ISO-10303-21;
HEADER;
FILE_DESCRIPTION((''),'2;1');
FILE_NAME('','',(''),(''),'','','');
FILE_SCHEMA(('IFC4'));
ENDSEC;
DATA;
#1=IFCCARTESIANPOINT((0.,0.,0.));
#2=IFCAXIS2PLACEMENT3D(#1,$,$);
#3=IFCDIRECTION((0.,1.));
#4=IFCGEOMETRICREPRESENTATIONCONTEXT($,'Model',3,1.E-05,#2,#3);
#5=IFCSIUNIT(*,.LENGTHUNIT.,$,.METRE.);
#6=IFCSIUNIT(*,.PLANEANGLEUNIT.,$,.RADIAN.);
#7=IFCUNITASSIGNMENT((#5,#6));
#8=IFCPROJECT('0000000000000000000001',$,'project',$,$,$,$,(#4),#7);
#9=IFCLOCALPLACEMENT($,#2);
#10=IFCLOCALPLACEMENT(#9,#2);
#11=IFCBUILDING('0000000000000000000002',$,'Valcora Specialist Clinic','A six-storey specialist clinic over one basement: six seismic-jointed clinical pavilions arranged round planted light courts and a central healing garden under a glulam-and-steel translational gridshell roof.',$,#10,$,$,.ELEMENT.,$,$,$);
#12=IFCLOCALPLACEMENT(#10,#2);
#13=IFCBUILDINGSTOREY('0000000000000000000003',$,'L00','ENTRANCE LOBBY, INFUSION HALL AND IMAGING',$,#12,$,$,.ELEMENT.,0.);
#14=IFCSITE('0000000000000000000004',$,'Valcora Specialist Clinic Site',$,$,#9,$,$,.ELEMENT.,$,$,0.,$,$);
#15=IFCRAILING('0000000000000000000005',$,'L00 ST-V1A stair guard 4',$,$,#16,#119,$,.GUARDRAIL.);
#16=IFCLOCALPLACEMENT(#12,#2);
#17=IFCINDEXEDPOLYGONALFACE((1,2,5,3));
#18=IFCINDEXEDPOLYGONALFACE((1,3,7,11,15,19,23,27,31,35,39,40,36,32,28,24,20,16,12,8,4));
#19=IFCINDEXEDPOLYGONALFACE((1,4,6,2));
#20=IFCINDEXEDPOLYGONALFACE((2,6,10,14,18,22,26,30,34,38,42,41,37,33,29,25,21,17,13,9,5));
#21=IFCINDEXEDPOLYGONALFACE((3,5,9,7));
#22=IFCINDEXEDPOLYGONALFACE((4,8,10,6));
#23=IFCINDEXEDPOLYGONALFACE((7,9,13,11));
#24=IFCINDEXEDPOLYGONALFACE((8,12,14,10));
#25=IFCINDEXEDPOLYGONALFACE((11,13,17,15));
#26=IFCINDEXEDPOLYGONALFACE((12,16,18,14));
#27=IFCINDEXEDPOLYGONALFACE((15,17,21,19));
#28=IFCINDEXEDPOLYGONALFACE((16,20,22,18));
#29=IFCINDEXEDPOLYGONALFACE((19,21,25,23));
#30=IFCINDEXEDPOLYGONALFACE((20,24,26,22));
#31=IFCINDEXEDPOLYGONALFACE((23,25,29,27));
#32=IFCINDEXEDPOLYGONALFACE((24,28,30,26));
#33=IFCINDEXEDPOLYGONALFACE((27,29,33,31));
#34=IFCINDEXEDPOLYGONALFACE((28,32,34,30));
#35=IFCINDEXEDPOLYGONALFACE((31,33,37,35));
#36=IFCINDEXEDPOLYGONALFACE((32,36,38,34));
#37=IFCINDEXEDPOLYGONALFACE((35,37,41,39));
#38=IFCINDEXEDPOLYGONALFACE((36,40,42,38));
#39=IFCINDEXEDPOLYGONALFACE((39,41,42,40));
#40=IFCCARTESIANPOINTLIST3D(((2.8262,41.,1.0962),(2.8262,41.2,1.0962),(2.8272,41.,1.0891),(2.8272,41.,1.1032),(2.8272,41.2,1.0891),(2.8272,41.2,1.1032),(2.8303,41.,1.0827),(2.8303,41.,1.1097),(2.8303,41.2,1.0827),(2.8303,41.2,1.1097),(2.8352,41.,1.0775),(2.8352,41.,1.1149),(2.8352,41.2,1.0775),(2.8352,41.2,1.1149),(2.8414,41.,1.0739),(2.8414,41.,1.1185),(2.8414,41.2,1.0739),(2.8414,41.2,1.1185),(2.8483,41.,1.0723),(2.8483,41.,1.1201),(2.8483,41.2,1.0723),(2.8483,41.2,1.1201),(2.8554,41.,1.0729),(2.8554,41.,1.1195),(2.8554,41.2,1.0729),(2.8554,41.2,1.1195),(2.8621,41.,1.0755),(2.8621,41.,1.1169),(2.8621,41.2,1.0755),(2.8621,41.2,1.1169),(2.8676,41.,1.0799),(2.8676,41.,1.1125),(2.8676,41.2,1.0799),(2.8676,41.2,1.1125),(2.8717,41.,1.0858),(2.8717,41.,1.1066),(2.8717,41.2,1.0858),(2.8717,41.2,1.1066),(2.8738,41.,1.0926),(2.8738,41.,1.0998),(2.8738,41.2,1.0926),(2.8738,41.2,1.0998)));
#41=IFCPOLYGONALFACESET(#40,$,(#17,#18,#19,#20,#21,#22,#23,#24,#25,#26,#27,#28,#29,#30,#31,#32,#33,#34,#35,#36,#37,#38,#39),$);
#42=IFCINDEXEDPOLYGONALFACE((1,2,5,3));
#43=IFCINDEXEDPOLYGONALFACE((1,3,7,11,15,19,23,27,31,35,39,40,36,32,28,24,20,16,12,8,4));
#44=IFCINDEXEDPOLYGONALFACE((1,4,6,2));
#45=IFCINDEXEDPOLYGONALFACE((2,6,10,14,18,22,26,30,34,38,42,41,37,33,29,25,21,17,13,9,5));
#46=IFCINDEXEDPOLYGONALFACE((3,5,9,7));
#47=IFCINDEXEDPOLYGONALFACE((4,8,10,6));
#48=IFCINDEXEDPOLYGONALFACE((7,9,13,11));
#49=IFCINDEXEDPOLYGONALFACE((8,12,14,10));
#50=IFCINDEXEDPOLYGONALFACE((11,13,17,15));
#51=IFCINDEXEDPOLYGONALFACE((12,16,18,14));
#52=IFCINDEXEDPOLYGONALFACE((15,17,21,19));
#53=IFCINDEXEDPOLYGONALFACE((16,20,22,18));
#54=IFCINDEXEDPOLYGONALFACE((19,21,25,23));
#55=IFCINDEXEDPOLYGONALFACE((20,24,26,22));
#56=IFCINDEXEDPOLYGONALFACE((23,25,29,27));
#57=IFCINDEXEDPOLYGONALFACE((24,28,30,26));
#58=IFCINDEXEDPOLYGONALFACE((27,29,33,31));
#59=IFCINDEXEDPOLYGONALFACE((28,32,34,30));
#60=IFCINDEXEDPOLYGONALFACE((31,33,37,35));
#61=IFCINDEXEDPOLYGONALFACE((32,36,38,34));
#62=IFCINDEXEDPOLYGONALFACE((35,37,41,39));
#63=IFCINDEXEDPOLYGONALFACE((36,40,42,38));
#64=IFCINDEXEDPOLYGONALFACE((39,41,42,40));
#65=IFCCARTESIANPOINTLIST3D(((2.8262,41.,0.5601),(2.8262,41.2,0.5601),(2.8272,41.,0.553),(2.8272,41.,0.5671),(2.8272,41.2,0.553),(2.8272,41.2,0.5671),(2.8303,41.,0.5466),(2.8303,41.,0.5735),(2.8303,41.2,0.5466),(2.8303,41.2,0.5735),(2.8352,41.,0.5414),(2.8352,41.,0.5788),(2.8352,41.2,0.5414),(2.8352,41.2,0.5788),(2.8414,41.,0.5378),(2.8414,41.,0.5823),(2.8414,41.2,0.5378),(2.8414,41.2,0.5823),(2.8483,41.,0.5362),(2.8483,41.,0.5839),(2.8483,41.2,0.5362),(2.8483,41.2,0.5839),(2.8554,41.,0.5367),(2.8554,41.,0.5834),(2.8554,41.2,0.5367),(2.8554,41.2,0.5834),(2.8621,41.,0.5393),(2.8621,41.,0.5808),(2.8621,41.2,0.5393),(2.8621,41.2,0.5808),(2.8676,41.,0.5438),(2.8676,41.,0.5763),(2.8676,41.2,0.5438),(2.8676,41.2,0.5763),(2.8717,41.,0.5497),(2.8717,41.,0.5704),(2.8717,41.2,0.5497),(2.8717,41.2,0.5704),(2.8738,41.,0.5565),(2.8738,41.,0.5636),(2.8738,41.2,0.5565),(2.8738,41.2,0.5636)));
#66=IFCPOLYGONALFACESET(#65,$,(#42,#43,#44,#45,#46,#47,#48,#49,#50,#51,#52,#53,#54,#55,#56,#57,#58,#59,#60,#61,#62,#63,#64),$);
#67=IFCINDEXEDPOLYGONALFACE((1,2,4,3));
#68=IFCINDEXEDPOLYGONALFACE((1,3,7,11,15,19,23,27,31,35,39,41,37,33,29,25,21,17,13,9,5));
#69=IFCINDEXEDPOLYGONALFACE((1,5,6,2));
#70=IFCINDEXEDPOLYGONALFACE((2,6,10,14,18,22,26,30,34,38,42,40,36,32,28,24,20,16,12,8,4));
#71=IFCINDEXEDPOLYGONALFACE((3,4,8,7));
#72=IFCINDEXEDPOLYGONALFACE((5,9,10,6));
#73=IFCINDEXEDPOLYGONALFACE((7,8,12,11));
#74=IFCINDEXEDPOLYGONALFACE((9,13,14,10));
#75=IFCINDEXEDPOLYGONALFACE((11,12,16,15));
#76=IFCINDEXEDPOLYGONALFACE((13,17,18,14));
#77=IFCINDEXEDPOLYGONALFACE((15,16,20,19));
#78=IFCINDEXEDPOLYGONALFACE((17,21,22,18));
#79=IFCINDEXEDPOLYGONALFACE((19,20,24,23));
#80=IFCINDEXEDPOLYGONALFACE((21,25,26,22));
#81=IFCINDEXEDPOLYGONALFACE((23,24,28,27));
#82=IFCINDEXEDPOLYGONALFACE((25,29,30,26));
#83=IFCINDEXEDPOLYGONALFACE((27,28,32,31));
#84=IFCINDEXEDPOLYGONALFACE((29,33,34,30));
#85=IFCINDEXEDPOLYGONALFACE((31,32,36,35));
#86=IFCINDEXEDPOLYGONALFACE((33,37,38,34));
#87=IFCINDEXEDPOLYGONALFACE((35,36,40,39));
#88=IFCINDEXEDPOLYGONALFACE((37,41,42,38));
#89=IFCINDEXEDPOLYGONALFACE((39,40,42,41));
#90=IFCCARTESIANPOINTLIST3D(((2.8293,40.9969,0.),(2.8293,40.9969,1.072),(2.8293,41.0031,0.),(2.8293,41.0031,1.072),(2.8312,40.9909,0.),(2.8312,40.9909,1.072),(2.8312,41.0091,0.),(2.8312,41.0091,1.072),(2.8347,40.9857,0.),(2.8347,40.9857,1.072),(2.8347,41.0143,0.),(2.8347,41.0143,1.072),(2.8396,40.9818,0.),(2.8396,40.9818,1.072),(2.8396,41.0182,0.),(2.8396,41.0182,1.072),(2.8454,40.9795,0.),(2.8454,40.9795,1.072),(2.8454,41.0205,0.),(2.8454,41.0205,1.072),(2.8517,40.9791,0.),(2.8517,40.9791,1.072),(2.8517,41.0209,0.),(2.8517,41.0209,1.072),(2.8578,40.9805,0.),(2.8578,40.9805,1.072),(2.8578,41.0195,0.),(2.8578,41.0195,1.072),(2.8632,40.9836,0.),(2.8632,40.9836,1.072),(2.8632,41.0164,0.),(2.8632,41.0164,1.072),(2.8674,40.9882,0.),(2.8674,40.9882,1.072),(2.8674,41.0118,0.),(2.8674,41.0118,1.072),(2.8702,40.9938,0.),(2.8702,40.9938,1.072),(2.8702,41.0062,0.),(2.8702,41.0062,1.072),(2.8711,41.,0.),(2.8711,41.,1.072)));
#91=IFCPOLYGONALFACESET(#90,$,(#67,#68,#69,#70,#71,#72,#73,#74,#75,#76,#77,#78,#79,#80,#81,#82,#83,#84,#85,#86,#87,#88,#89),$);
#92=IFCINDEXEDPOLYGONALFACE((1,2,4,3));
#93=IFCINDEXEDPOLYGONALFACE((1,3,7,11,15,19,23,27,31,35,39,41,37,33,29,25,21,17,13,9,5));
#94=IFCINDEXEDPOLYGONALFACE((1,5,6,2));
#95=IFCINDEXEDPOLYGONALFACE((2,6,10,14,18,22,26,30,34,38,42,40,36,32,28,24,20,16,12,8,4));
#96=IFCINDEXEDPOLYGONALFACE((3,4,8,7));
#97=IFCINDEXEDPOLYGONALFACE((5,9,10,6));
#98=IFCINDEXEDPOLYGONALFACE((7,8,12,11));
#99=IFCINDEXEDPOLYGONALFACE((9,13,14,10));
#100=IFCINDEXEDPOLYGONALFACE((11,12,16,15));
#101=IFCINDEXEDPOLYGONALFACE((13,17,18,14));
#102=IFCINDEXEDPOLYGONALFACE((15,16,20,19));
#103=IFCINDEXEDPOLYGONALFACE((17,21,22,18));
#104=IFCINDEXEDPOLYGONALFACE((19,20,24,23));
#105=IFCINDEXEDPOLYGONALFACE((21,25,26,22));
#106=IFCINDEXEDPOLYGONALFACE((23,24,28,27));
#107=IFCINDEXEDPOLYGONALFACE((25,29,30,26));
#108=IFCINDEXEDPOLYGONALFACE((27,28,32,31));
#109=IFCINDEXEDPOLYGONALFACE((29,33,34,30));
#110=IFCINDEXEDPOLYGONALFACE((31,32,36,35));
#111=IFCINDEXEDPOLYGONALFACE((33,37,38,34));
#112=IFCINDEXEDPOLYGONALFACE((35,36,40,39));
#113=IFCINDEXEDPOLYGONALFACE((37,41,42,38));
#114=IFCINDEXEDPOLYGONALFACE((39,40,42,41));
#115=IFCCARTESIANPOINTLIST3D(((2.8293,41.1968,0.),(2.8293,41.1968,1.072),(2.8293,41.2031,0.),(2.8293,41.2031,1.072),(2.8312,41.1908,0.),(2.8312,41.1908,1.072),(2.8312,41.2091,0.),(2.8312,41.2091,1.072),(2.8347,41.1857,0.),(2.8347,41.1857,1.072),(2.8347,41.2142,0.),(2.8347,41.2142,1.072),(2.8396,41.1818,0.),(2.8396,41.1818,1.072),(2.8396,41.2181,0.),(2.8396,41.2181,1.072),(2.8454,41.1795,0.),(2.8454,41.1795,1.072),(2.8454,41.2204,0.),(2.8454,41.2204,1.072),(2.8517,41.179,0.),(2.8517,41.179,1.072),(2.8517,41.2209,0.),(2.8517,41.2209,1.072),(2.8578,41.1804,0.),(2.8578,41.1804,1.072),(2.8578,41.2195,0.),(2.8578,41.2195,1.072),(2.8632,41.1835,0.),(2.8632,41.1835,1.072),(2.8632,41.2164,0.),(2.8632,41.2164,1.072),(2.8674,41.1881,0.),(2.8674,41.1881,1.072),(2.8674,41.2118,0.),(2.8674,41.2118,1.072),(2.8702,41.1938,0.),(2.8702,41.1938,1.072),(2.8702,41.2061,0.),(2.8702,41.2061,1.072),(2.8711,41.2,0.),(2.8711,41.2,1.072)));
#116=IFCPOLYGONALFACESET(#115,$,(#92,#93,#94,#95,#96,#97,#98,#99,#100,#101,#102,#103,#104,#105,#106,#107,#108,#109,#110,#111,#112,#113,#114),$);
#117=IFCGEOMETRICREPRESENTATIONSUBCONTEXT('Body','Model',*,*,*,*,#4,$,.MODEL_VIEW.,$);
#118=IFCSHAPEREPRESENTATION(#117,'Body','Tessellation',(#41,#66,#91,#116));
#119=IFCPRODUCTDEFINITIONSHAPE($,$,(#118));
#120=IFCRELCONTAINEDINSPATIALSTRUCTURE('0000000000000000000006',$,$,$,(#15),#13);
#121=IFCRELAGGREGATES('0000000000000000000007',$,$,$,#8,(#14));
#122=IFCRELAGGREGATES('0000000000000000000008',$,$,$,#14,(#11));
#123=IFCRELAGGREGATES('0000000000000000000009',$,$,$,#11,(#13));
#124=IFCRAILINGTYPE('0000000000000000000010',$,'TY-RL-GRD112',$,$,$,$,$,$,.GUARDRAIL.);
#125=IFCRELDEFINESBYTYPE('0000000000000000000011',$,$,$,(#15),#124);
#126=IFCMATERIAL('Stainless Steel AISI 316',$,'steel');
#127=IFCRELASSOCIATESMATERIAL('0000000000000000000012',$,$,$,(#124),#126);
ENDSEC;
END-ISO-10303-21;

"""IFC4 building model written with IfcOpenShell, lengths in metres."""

from ifc_helpers import new_model, si_unit, direction, frame, origin, origin_2d, place, context, subcontext, project, spatial, circle, extrude, material, type_object, element, save


model = new_model("IFC4")

# Units and contexts
model_context = context("Model", 3, precision=1e-05, world=origin(), true_north=direction((0.0, 1.0)))
body_context = subcontext(model_context, "Body", "Model", "MODEL_VIEW")
ifc_project = project(units=[si_unit("LENGTHUNIT", "METRE"), si_unit("PLANEANGLEUNIT", "RADIAN")], contexts=[model_context])

# Site, building, storey
site_placement = place(None, origin())
site = spatial("IfcSite", under=ifc_project, at=site_placement, Name="Valcora Specialist Clinic Site", CompositionType="ELEMENT", RefElevation=0.0)
building_placement = place(site_placement, origin())
building = spatial("IfcBuilding", under=site, at=building_placement, Name="Valcora Specialist Clinic", Description="A six-storey specialist clinic over one basement: six seismic-jointed clinical pavilions arranged round planted light courts and a central healing garden under a glulam-and-steel translational gridshell roof.", CompositionType="ELEMENT")
storey_placement = place(building_placement, origin())
storey = spatial("IfcBuildingStorey", under=building, at=storey_placement, Name="L00", Description="ENTRANCE LOBBY, INFUSION HALL AND IMAGING", CompositionType="ELEMENT", Elevation=0.0)

# Railing
ifc_material_1 = material(Name="Stainless Steel AISI 316", Category="steel")
railing_type_1 = type_object("IfcRailingType", Name="TY-RL-GRD112", PredefinedType="GUARDRAIL", material=ifc_material_1)
railing_1_placement = place(storey_placement, frame((2.8501, 41.0, 0.0)))
element("IfcRailing", 1, at=railing_1_placement, inside=storey, type_object=railing_type_1, Name="L00 ST-V1A stair guard 4", PredefinedType="GUARDRAIL", context=body_context, shape_type="SweptSolid", body=[
    extrude(circle(Radius=0.0239, at=origin_2d()), frame((0.0, 0.0, 1.0962), z_axis=(0.0, 1.0, 0.0), x_axis=(-1.0, 0.0, 0.0)), (0.0, 0.0, 1.0), 0.2),
    extrude(circle(Radius=0.0239, at=origin_2d()), frame((0.0, 0.0, 0.5601), z_axis=(0.0, 1.0, 0.0), x_axis=(-1.0, 0.0, 0.0)), (0.0, 0.0, 1.0), 0.2),
    extrude(circle(Radius=0.021, at=origin_2d()), origin(), (0.0, 0.0, 1.0), 1.072),
    extrude(circle(Radius=0.021, at=origin_2d()), frame((0.0, 0.2, 0.0)), (0.0, 0.0, 1.0), 1.072),
])

save(model, "model.ifc")
